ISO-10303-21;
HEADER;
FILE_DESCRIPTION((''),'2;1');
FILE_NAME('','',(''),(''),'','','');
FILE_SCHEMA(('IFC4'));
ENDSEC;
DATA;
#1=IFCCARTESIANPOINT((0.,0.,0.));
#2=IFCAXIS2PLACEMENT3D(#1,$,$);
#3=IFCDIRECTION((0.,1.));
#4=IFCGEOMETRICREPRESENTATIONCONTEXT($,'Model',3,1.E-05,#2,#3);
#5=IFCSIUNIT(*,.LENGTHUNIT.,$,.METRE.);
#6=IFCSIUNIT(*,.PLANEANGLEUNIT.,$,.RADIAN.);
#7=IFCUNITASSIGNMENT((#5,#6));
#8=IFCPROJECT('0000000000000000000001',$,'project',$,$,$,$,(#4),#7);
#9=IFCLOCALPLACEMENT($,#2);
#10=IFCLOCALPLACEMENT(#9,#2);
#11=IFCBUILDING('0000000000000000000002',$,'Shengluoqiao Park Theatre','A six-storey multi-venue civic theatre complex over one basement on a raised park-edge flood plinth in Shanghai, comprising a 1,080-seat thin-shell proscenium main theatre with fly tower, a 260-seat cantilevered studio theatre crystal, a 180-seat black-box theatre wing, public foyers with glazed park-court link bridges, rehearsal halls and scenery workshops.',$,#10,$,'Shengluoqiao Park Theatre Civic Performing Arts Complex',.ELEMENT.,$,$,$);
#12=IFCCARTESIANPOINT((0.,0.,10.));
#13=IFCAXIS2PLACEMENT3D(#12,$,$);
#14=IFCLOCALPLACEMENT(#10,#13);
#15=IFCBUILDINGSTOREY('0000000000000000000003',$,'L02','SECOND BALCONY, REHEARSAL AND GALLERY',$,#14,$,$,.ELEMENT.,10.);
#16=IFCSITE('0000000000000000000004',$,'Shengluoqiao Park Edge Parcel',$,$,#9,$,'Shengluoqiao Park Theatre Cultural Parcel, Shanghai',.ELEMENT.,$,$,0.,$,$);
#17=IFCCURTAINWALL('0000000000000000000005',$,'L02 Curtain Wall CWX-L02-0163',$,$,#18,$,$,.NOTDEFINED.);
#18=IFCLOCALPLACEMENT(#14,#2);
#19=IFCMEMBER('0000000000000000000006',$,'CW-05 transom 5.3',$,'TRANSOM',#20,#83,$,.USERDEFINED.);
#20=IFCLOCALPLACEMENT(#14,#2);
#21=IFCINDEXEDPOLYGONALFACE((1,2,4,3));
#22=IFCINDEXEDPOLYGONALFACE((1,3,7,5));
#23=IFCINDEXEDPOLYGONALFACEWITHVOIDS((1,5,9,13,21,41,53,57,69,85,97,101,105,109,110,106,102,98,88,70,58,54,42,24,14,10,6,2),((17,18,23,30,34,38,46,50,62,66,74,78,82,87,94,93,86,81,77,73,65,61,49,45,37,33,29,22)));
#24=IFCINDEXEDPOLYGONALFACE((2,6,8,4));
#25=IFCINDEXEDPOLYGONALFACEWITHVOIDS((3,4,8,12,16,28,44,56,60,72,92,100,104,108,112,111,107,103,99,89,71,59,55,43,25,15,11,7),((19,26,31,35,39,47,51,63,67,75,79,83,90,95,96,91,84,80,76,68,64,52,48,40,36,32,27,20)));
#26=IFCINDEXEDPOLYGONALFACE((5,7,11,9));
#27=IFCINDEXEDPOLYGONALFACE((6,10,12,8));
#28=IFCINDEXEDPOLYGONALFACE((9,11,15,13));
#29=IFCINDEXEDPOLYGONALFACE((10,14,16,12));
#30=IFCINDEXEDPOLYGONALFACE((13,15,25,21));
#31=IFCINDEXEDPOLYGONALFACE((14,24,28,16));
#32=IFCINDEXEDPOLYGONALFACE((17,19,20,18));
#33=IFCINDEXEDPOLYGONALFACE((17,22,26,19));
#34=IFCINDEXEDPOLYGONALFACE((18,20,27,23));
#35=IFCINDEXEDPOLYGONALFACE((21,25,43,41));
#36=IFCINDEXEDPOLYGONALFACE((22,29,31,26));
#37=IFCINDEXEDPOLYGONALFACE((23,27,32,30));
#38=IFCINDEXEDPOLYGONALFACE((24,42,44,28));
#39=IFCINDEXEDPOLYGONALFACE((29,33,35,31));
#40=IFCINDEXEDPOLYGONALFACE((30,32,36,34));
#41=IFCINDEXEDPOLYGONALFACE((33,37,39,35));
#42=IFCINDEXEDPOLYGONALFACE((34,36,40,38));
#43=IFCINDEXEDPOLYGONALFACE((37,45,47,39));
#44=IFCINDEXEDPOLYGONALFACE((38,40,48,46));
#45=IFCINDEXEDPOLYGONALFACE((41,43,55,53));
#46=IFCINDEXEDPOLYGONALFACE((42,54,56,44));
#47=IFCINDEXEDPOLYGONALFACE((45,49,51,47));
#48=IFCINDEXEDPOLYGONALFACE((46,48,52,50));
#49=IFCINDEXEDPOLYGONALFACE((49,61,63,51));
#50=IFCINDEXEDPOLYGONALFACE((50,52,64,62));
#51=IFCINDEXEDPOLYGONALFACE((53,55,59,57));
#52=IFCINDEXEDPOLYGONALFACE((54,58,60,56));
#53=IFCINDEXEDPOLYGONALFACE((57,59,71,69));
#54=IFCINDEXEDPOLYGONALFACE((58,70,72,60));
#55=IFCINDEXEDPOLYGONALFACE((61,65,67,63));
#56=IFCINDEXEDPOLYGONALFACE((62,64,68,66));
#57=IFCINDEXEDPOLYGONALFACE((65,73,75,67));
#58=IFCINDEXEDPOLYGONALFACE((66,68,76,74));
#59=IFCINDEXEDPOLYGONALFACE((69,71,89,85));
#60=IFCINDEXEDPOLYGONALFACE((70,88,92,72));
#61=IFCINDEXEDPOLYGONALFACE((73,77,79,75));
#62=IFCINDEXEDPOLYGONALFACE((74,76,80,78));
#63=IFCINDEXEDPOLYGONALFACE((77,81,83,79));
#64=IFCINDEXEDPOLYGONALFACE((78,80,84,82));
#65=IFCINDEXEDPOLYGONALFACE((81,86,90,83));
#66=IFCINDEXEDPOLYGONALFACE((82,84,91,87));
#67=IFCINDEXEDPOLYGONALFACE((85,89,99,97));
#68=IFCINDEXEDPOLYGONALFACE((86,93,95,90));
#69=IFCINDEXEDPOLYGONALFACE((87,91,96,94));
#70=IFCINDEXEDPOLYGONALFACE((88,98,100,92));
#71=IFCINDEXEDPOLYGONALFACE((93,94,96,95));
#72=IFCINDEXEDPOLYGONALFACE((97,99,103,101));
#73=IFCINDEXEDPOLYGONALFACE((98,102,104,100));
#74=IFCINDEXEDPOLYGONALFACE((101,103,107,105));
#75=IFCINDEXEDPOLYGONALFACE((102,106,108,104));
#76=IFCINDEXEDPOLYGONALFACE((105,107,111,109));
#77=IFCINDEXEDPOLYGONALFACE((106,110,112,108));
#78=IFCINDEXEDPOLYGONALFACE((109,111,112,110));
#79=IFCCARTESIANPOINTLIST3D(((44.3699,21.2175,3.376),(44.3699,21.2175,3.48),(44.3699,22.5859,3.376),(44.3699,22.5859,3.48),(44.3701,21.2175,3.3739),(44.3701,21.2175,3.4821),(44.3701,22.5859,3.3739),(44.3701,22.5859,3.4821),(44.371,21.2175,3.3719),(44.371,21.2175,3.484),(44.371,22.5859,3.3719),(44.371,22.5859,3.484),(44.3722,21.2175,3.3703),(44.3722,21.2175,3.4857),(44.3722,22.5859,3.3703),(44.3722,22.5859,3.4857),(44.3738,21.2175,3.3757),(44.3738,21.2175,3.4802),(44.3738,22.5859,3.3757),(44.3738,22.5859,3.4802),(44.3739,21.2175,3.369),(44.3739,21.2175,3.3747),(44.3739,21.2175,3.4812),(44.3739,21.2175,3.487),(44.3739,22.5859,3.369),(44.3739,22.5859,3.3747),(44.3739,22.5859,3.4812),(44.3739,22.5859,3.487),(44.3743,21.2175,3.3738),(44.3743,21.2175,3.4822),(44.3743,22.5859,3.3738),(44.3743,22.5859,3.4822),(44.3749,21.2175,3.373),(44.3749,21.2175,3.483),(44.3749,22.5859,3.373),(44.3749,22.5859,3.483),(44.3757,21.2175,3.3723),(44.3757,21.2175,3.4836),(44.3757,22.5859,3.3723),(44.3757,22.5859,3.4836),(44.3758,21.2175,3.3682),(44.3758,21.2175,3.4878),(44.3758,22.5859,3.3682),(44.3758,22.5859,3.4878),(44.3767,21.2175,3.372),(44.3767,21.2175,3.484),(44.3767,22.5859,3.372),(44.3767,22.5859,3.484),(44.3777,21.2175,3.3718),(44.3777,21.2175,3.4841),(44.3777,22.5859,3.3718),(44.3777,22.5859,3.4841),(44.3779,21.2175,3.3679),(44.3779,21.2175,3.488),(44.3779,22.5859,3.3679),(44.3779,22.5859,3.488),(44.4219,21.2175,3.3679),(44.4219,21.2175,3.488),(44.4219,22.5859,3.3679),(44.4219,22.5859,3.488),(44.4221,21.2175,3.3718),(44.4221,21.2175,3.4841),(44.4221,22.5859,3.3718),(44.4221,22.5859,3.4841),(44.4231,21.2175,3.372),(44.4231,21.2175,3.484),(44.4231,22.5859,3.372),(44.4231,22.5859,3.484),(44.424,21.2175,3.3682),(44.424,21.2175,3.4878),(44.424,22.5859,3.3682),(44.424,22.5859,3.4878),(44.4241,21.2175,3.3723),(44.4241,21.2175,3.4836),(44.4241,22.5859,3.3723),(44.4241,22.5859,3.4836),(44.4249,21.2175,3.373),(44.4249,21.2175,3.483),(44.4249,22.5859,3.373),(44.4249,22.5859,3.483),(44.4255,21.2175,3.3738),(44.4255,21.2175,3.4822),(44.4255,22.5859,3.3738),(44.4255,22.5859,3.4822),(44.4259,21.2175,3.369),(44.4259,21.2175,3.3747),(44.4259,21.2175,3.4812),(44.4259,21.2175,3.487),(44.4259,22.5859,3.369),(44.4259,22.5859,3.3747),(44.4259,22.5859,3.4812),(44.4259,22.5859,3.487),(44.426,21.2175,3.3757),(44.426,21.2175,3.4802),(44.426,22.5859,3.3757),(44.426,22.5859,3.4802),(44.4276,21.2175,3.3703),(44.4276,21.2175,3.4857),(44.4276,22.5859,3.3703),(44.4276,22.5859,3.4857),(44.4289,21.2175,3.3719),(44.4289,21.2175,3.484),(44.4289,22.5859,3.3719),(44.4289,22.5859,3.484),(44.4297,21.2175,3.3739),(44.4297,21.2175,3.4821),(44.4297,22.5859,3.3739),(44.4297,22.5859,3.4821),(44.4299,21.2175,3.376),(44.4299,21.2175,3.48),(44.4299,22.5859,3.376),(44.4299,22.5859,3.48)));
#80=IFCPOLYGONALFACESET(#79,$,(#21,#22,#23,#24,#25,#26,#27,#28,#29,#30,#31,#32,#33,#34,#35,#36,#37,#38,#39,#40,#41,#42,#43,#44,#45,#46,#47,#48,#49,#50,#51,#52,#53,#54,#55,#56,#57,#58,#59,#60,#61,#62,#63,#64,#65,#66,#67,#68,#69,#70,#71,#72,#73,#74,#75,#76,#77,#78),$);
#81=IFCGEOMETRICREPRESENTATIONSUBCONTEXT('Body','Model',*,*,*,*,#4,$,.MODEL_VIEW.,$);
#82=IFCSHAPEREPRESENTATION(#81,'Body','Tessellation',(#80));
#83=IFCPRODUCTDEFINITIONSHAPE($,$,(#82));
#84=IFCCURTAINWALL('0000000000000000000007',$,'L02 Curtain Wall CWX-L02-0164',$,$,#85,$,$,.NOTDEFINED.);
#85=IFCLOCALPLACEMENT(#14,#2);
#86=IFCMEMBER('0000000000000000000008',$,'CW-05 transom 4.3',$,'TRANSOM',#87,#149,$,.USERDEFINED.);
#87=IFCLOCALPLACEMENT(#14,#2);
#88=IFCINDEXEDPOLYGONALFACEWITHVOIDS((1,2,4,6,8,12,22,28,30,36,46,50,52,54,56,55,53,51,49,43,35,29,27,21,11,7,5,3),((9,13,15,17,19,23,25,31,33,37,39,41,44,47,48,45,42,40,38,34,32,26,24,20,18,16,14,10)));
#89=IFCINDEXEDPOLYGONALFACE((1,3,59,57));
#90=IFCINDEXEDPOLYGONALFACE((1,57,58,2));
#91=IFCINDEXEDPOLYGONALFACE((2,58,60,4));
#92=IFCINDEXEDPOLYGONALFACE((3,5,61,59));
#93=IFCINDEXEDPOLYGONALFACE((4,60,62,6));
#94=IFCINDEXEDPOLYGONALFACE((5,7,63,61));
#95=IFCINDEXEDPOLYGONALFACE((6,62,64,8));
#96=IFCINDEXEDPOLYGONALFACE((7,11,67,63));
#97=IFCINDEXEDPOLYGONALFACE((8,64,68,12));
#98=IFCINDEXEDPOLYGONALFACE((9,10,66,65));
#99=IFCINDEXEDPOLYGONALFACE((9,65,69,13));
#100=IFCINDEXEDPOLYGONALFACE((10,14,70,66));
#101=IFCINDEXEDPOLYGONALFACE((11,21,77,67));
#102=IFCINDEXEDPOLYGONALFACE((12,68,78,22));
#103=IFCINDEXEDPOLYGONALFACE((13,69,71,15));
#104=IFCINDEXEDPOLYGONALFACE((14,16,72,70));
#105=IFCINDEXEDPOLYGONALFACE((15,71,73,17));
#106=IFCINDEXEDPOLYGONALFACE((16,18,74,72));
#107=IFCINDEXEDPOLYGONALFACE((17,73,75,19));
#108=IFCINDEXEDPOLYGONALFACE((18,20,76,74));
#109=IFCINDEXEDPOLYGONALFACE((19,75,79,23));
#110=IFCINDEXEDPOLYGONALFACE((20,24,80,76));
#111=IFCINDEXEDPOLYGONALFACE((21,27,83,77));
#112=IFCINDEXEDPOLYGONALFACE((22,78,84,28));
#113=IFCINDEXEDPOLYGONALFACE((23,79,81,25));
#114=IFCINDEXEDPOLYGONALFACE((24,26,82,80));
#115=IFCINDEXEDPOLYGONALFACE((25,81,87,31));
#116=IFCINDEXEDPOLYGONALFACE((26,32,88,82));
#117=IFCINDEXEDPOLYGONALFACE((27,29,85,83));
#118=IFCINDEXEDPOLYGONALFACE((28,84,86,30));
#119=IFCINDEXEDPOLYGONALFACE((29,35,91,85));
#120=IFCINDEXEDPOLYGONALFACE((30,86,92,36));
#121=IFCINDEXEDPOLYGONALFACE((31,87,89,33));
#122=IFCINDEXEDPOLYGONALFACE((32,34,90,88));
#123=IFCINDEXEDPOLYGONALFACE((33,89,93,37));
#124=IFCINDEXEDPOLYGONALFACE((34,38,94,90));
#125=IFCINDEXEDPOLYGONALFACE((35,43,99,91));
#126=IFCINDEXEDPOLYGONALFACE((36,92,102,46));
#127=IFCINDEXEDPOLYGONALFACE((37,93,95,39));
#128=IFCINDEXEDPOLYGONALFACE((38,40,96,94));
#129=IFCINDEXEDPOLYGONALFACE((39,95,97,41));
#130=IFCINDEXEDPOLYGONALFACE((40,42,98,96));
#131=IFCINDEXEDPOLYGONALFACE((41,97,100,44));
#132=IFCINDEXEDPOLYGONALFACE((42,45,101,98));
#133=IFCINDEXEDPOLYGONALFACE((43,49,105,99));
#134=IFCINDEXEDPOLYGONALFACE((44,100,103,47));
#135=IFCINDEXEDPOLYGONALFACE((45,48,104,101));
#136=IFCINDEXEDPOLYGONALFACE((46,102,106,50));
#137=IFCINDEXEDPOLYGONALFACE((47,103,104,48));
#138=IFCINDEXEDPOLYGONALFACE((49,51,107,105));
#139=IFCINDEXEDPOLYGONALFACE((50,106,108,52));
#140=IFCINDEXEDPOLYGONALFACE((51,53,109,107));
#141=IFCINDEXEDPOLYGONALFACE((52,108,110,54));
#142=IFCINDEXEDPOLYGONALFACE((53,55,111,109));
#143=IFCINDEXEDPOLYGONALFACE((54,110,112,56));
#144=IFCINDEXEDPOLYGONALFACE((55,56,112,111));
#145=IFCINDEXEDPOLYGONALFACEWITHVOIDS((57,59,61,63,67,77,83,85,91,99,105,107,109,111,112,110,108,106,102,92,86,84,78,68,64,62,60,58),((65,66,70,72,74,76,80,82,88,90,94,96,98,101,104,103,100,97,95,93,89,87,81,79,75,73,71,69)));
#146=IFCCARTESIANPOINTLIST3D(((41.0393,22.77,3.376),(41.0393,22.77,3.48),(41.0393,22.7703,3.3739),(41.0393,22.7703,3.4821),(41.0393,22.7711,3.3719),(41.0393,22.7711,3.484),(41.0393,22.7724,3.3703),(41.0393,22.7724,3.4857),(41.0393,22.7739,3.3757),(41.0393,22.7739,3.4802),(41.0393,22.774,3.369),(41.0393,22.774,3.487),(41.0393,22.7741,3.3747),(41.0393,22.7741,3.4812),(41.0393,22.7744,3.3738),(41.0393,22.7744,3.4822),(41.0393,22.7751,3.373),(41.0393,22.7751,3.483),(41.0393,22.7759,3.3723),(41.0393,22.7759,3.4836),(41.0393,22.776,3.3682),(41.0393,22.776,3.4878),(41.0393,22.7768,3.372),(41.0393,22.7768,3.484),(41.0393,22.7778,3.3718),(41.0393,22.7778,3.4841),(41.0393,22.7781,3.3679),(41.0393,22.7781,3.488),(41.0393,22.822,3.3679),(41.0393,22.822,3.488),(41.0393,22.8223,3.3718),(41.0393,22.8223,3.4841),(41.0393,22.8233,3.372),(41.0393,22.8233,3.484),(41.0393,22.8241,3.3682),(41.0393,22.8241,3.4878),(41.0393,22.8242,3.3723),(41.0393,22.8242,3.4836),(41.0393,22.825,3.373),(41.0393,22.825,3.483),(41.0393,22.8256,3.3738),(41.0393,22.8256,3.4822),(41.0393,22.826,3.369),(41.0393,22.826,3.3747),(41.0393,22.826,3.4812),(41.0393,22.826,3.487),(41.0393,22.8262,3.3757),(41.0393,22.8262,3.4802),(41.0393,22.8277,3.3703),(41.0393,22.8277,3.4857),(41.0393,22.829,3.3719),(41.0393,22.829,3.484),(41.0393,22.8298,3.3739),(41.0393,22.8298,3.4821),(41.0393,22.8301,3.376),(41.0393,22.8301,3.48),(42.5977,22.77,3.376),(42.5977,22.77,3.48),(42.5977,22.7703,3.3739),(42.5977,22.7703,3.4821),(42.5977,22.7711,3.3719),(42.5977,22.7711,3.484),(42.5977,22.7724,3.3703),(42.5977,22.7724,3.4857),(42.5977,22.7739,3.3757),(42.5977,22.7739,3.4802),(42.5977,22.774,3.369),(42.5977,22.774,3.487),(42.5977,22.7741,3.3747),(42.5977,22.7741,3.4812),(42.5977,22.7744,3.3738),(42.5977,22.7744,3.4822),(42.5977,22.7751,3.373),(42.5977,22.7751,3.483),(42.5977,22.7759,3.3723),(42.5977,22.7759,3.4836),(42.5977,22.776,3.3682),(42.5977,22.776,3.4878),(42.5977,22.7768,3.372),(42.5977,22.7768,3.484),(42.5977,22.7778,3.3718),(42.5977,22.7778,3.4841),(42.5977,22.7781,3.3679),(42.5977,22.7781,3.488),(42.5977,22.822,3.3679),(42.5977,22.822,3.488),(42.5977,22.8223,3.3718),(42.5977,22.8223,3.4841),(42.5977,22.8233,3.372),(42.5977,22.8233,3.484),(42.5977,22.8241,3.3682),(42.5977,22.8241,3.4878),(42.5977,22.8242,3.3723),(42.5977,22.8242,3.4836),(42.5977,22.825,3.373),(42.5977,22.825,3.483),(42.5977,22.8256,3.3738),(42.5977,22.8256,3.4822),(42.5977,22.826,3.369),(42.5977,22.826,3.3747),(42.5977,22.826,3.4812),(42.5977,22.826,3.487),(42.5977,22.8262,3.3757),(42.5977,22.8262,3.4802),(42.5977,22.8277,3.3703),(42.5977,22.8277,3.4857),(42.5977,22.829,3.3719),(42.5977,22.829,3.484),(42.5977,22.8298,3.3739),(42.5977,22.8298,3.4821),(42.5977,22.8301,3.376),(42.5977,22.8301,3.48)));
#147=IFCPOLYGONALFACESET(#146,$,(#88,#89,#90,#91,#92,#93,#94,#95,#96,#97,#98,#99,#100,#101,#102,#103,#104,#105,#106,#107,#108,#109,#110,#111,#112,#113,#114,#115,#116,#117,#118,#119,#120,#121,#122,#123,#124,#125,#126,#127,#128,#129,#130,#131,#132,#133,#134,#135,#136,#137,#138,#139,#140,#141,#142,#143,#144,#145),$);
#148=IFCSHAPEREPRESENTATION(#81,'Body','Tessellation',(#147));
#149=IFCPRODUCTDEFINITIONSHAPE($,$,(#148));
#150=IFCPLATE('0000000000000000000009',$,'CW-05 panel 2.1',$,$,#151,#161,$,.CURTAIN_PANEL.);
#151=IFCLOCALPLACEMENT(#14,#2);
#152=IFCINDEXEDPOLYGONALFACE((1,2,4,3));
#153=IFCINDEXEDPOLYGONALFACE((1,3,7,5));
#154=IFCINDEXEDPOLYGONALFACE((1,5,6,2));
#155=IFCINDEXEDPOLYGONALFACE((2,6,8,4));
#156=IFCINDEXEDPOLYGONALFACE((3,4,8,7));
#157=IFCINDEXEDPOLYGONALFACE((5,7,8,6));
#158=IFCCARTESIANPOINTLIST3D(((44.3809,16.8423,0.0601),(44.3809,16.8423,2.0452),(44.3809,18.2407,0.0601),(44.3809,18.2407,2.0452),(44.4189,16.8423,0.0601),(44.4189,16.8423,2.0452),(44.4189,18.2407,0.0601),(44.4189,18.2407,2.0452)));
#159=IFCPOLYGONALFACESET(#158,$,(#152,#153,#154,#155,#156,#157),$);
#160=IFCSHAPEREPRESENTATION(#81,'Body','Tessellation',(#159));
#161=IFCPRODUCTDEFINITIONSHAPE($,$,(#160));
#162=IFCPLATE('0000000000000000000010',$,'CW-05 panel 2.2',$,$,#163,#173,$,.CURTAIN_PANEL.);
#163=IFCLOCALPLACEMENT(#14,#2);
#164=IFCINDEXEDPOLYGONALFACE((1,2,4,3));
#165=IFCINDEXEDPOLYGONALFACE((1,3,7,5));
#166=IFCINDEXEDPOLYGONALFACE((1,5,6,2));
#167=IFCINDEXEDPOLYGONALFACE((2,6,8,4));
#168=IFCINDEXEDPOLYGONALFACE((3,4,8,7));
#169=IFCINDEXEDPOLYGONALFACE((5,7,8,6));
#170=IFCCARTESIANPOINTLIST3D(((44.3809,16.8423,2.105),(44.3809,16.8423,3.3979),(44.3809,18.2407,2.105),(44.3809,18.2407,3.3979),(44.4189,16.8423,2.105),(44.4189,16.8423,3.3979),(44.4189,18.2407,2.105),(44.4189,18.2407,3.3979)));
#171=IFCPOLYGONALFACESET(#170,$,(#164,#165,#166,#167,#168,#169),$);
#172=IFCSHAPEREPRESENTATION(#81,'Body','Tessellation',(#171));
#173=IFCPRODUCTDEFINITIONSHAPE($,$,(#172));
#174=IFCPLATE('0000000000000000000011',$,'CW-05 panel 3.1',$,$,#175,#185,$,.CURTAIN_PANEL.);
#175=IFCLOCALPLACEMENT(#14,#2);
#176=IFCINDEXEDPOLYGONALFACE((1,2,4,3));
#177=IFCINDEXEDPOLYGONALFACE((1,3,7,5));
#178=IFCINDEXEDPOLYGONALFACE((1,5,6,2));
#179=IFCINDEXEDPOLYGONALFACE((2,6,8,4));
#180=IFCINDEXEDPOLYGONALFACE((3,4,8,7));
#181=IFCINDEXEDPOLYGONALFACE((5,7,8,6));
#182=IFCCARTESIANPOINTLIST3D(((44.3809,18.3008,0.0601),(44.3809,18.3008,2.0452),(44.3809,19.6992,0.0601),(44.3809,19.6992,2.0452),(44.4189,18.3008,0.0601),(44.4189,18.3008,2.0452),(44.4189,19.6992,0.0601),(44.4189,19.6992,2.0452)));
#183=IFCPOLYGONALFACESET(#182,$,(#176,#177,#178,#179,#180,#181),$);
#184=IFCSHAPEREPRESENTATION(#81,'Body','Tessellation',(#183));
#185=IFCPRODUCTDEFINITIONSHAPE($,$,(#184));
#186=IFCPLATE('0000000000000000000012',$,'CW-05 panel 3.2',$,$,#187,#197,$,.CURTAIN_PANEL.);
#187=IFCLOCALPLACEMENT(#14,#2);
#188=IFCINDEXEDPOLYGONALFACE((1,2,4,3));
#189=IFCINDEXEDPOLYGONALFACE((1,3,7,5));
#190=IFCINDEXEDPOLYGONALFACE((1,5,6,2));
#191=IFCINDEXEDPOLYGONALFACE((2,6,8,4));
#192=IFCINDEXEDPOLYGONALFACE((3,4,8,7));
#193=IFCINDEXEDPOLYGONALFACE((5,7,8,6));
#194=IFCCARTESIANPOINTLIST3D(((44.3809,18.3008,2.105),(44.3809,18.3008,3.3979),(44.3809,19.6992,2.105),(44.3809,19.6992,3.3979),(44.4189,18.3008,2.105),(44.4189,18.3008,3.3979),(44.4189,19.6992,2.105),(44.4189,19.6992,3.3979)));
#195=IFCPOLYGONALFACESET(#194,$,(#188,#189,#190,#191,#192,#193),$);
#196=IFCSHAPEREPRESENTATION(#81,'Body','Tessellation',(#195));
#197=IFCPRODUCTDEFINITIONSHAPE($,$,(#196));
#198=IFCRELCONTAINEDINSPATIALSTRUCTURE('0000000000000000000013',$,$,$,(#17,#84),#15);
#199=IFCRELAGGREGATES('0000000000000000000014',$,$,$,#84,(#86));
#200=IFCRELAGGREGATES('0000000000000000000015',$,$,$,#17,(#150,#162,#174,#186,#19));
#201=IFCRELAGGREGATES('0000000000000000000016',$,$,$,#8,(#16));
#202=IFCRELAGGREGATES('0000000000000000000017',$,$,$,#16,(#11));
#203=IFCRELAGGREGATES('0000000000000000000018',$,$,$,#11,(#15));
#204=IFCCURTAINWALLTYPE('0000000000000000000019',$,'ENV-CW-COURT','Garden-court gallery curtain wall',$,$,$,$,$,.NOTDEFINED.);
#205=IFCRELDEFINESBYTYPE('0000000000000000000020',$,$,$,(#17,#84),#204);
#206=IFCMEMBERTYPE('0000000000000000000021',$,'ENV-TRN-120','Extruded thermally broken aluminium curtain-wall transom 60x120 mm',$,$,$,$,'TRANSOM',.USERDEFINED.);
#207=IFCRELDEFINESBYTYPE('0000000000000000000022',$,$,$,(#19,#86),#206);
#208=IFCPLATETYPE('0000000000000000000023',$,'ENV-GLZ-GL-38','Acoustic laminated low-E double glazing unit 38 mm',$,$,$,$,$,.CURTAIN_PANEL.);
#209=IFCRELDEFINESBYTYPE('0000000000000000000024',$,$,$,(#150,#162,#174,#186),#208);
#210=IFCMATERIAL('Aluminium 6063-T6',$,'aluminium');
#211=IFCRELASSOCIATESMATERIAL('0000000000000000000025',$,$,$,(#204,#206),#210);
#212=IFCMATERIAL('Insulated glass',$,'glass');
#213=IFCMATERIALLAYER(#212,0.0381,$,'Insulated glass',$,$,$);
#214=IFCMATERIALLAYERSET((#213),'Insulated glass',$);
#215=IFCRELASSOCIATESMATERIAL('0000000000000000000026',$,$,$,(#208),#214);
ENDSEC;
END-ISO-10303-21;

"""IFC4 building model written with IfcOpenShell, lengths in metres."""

from ifc_helpers import new_model, si_unit, direction, frame, origin, origin_2d, place, context, subcontext, project, spatial, rectangle, hollow_rectangle, extrude, material, layer, layer_set, material_profile, profile_set, type_object, element, aggregate, save


model = new_model("IFC4")

# Units and contexts
model_context = context("Model", 3, precision=1e-05, world=origin(), true_north=direction((0.0, 1.0)))
body_context = subcontext(model_context, "Body", "Model", "MODEL_VIEW")
ifc_project = project(units=[si_unit("LENGTHUNIT", "METRE"), si_unit("PLANEANGLEUNIT", "RADIAN")], contexts=[model_context])

# Site, building, storey
site_placement = place(None, origin())
site = spatial("IfcSite", under=ifc_project, at=site_placement, Name="Shengluoqiao Park Edge Parcel", LongName="Shengluoqiao Park Theatre Cultural Parcel, Shanghai", CompositionType="ELEMENT", RefElevation=0.0)
building_placement = place(site_placement, origin())
building = spatial("IfcBuilding", under=site, at=building_placement, Name="Shengluoqiao Park Theatre", Description="A six-storey multi-venue civic theatre complex over one basement on a raised park-edge flood plinth in Shanghai, comprising a 1,080-seat thin-shell proscenium main theatre with fly tower, a 260-seat cantilevered studio theatre crystal, a 180-seat black-box theatre wing, public foyers with glazed park-court link bridges, rehearsal halls and scenery workshops.", LongName="Shengluoqiao Park Theatre Civic Performing Arts Complex", CompositionType="ELEMENT")
storey_placement = place(building_placement, frame((0.0, 0.0, 10.0)))
storey = spatial("IfcBuildingStorey", under=building, at=storey_placement, Name="L02", Description="SECOND BALCONY, REHEARSAL AND GALLERY", CompositionType="ELEMENT", Elevation=10.0)

# Curtain wall, member
ifc_material_1 = material(Name="Aluminium 6063-T6", Category="aluminium")
curtain_wall_type = type_object("IfcCurtainWallType", Name="ENV-CW-COURT", Description="Garden-court gallery curtain wall", PredefinedType="NOTDEFINED", material=ifc_material_1)
curtain_wall_1_placement = place(storey_placement, origin())
curtain_wall_1 = element("IfcCurtainWall", 1, at=curtain_wall_1_placement, inside=storey, type_object=curtain_wall_type, Name="L02 Curtain Wall CWX-L02-0163", PredefinedType="NOTDEFINED")
ifc_material_profile_1 = material_profile(ifc_material_1, hollow_rectangle(XDim=0.0601, YDim=0.1201, WallThickness=0.0039, InnerFilletRadius=0.0039, OuterFilletRadius=0.0081, at=origin_2d()), Name="ALU TRANSOM 120x60x4")
ifc_profile_set_1 = profile_set([ifc_material_profile_1], Name="Aluminium 6063-T6")
member_type_1 = type_object("IfcMemberType", Name="ENV-TRN-120", Description="Extruded thermally broken aluminium curtain-wall transom 60x120 mm", ElementType="TRANSOM", PredefinedType="USERDEFINED", material=ifc_profile_set_1)
member_1_placement = place(storey_placement, frame((44.3999, 21.2175, 3.428), z_axis=(0.0, 1.0, 0.0), x_axis=(-1.0, 0.0, 0.0)))
member_1 = element("IfcMember", 2, at=member_1_placement, type_object=member_type_1, Name="CW-05 transom 5.3", ObjectType="TRANSOM", PredefinedType="USERDEFINED", context=body_context, shape_type="SweptSolid", body=[
    extrude(hollow_rectangle(XDim=0.0601, YDim=0.1201, WallThickness=0.0039, InnerFilletRadius=0.0039, OuterFilletRadius=0.0081, at=origin_2d()), origin(), (0.0, 0.0, 1.0), 1.3684),
])

# Curtain wall, member
curtain_wall_2_placement = place(storey_placement, origin())
curtain_wall_2 = element("IfcCurtainWall", 3, at=curtain_wall_2_placement, inside=storey, type_object=curtain_wall_type, Name="L02 Curtain Wall CWX-L02-0164", PredefinedType="NOTDEFINED")
member_2_placement = place(storey_placement, frame((41.0393, 22.8, 3.428), z_axis=(1.0, 0.0, 0.0), x_axis=(0.0, 1.0, 0.0)))
member_2 = element("IfcMember", 4, at=member_2_placement, type_object=member_type_1, Name="CW-05 transom 4.3", ObjectType="TRANSOM", PredefinedType="USERDEFINED", context=body_context, shape_type="SweptSolid", body=[
    extrude(hollow_rectangle(XDim=0.0601, YDim=0.1201, WallThickness=0.0039, InnerFilletRadius=0.0039, OuterFilletRadius=0.0081, at=origin_2d()), origin(), (0.0, 0.0, 1.0), 1.5583),
])
aggregate(curtain_wall_2, [member_2])

# Plates
ifc_material_2 = material(Name="Insulated glass", Category="glass")
ifc_layer = layer(ifc_material_2, 0.0381, Name="Insulated glass")
ifc_layer_set = layer_set([ifc_layer], Name="Insulated glass")
plate_type = type_object("IfcPlateType", Name="ENV-GLZ-GL-38", Description="Acoustic laminated low-E double glazing unit 38 mm", PredefinedType="CURTAIN_PANEL", material=ifc_layer_set)
plate_1_placement = place(storey_placement, frame((44.3999, 17.5415, 0.0601), z_axis=(0.0, 0.0, 1.0), x_axis=(0.0, 1.0, 0.0)))
plate_1 = element("IfcPlate", 5, at=plate_1_placement, type_object=plate_type, Name="CW-05 panel 2.1", PredefinedType="CURTAIN_PANEL", context=body_context, shape_type="SweptSolid", body=[
    extrude(rectangle(XDim=1.3984, YDim=0.0381, at=origin_2d()), origin(), (0.0, 0.0, 1.0), 1.9851),
])
plate_2_placement = place(storey_placement, frame((44.3999, 17.5415, 2.105), z_axis=(0.0, 0.0, 1.0), x_axis=(0.0, 1.0, 0.0)))
plate_2 = element("IfcPlate", 6, at=plate_2_placement, type_object=plate_type, Name="CW-05 panel 2.2", PredefinedType="CURTAIN_PANEL", context=body_context, shape_type="SweptSolid", body=[
    extrude(rectangle(XDim=1.3984, YDim=0.0381, at=origin_2d()), origin(), (0.0, 0.0, 1.0), 1.293),
])
plate_3_placement = place(storey_placement, frame((44.3999, 19.0, 0.0601), z_axis=(0.0, 0.0, 1.0), x_axis=(0.0, 1.0, 0.0)))
plate_3 = element("IfcPlate", 7, at=plate_3_placement, type_object=plate_type, Name="CW-05 panel 3.1", PredefinedType="CURTAIN_PANEL", context=body_context, shape_type="SweptSolid", body=[
    extrude(rectangle(XDim=1.3984, YDim=0.0381, at=origin_2d()), origin(), (0.0, 0.0, 1.0), 1.9851),
])
plate_4_placement = place(storey_placement, frame((44.3999, 19.0, 2.105), z_axis=(0.0, 0.0, 1.0), x_axis=(0.0, 1.0, 0.0)))
plate_4 = element("IfcPlate", 8, at=plate_4_placement, type_object=plate_type, Name="CW-05 panel 3.2", PredefinedType="CURTAIN_PANEL", context=body_context, shape_type="SweptSolid", body=[
    extrude(rectangle(XDim=1.3984, YDim=0.0381, at=origin_2d()), origin(), (0.0, 0.0, 1.0), 1.293),
])
aggregate(curtain_wall_1, [plate_1, plate_2, plate_3, plate_4, member_1])

save(model, "model.ifc")
